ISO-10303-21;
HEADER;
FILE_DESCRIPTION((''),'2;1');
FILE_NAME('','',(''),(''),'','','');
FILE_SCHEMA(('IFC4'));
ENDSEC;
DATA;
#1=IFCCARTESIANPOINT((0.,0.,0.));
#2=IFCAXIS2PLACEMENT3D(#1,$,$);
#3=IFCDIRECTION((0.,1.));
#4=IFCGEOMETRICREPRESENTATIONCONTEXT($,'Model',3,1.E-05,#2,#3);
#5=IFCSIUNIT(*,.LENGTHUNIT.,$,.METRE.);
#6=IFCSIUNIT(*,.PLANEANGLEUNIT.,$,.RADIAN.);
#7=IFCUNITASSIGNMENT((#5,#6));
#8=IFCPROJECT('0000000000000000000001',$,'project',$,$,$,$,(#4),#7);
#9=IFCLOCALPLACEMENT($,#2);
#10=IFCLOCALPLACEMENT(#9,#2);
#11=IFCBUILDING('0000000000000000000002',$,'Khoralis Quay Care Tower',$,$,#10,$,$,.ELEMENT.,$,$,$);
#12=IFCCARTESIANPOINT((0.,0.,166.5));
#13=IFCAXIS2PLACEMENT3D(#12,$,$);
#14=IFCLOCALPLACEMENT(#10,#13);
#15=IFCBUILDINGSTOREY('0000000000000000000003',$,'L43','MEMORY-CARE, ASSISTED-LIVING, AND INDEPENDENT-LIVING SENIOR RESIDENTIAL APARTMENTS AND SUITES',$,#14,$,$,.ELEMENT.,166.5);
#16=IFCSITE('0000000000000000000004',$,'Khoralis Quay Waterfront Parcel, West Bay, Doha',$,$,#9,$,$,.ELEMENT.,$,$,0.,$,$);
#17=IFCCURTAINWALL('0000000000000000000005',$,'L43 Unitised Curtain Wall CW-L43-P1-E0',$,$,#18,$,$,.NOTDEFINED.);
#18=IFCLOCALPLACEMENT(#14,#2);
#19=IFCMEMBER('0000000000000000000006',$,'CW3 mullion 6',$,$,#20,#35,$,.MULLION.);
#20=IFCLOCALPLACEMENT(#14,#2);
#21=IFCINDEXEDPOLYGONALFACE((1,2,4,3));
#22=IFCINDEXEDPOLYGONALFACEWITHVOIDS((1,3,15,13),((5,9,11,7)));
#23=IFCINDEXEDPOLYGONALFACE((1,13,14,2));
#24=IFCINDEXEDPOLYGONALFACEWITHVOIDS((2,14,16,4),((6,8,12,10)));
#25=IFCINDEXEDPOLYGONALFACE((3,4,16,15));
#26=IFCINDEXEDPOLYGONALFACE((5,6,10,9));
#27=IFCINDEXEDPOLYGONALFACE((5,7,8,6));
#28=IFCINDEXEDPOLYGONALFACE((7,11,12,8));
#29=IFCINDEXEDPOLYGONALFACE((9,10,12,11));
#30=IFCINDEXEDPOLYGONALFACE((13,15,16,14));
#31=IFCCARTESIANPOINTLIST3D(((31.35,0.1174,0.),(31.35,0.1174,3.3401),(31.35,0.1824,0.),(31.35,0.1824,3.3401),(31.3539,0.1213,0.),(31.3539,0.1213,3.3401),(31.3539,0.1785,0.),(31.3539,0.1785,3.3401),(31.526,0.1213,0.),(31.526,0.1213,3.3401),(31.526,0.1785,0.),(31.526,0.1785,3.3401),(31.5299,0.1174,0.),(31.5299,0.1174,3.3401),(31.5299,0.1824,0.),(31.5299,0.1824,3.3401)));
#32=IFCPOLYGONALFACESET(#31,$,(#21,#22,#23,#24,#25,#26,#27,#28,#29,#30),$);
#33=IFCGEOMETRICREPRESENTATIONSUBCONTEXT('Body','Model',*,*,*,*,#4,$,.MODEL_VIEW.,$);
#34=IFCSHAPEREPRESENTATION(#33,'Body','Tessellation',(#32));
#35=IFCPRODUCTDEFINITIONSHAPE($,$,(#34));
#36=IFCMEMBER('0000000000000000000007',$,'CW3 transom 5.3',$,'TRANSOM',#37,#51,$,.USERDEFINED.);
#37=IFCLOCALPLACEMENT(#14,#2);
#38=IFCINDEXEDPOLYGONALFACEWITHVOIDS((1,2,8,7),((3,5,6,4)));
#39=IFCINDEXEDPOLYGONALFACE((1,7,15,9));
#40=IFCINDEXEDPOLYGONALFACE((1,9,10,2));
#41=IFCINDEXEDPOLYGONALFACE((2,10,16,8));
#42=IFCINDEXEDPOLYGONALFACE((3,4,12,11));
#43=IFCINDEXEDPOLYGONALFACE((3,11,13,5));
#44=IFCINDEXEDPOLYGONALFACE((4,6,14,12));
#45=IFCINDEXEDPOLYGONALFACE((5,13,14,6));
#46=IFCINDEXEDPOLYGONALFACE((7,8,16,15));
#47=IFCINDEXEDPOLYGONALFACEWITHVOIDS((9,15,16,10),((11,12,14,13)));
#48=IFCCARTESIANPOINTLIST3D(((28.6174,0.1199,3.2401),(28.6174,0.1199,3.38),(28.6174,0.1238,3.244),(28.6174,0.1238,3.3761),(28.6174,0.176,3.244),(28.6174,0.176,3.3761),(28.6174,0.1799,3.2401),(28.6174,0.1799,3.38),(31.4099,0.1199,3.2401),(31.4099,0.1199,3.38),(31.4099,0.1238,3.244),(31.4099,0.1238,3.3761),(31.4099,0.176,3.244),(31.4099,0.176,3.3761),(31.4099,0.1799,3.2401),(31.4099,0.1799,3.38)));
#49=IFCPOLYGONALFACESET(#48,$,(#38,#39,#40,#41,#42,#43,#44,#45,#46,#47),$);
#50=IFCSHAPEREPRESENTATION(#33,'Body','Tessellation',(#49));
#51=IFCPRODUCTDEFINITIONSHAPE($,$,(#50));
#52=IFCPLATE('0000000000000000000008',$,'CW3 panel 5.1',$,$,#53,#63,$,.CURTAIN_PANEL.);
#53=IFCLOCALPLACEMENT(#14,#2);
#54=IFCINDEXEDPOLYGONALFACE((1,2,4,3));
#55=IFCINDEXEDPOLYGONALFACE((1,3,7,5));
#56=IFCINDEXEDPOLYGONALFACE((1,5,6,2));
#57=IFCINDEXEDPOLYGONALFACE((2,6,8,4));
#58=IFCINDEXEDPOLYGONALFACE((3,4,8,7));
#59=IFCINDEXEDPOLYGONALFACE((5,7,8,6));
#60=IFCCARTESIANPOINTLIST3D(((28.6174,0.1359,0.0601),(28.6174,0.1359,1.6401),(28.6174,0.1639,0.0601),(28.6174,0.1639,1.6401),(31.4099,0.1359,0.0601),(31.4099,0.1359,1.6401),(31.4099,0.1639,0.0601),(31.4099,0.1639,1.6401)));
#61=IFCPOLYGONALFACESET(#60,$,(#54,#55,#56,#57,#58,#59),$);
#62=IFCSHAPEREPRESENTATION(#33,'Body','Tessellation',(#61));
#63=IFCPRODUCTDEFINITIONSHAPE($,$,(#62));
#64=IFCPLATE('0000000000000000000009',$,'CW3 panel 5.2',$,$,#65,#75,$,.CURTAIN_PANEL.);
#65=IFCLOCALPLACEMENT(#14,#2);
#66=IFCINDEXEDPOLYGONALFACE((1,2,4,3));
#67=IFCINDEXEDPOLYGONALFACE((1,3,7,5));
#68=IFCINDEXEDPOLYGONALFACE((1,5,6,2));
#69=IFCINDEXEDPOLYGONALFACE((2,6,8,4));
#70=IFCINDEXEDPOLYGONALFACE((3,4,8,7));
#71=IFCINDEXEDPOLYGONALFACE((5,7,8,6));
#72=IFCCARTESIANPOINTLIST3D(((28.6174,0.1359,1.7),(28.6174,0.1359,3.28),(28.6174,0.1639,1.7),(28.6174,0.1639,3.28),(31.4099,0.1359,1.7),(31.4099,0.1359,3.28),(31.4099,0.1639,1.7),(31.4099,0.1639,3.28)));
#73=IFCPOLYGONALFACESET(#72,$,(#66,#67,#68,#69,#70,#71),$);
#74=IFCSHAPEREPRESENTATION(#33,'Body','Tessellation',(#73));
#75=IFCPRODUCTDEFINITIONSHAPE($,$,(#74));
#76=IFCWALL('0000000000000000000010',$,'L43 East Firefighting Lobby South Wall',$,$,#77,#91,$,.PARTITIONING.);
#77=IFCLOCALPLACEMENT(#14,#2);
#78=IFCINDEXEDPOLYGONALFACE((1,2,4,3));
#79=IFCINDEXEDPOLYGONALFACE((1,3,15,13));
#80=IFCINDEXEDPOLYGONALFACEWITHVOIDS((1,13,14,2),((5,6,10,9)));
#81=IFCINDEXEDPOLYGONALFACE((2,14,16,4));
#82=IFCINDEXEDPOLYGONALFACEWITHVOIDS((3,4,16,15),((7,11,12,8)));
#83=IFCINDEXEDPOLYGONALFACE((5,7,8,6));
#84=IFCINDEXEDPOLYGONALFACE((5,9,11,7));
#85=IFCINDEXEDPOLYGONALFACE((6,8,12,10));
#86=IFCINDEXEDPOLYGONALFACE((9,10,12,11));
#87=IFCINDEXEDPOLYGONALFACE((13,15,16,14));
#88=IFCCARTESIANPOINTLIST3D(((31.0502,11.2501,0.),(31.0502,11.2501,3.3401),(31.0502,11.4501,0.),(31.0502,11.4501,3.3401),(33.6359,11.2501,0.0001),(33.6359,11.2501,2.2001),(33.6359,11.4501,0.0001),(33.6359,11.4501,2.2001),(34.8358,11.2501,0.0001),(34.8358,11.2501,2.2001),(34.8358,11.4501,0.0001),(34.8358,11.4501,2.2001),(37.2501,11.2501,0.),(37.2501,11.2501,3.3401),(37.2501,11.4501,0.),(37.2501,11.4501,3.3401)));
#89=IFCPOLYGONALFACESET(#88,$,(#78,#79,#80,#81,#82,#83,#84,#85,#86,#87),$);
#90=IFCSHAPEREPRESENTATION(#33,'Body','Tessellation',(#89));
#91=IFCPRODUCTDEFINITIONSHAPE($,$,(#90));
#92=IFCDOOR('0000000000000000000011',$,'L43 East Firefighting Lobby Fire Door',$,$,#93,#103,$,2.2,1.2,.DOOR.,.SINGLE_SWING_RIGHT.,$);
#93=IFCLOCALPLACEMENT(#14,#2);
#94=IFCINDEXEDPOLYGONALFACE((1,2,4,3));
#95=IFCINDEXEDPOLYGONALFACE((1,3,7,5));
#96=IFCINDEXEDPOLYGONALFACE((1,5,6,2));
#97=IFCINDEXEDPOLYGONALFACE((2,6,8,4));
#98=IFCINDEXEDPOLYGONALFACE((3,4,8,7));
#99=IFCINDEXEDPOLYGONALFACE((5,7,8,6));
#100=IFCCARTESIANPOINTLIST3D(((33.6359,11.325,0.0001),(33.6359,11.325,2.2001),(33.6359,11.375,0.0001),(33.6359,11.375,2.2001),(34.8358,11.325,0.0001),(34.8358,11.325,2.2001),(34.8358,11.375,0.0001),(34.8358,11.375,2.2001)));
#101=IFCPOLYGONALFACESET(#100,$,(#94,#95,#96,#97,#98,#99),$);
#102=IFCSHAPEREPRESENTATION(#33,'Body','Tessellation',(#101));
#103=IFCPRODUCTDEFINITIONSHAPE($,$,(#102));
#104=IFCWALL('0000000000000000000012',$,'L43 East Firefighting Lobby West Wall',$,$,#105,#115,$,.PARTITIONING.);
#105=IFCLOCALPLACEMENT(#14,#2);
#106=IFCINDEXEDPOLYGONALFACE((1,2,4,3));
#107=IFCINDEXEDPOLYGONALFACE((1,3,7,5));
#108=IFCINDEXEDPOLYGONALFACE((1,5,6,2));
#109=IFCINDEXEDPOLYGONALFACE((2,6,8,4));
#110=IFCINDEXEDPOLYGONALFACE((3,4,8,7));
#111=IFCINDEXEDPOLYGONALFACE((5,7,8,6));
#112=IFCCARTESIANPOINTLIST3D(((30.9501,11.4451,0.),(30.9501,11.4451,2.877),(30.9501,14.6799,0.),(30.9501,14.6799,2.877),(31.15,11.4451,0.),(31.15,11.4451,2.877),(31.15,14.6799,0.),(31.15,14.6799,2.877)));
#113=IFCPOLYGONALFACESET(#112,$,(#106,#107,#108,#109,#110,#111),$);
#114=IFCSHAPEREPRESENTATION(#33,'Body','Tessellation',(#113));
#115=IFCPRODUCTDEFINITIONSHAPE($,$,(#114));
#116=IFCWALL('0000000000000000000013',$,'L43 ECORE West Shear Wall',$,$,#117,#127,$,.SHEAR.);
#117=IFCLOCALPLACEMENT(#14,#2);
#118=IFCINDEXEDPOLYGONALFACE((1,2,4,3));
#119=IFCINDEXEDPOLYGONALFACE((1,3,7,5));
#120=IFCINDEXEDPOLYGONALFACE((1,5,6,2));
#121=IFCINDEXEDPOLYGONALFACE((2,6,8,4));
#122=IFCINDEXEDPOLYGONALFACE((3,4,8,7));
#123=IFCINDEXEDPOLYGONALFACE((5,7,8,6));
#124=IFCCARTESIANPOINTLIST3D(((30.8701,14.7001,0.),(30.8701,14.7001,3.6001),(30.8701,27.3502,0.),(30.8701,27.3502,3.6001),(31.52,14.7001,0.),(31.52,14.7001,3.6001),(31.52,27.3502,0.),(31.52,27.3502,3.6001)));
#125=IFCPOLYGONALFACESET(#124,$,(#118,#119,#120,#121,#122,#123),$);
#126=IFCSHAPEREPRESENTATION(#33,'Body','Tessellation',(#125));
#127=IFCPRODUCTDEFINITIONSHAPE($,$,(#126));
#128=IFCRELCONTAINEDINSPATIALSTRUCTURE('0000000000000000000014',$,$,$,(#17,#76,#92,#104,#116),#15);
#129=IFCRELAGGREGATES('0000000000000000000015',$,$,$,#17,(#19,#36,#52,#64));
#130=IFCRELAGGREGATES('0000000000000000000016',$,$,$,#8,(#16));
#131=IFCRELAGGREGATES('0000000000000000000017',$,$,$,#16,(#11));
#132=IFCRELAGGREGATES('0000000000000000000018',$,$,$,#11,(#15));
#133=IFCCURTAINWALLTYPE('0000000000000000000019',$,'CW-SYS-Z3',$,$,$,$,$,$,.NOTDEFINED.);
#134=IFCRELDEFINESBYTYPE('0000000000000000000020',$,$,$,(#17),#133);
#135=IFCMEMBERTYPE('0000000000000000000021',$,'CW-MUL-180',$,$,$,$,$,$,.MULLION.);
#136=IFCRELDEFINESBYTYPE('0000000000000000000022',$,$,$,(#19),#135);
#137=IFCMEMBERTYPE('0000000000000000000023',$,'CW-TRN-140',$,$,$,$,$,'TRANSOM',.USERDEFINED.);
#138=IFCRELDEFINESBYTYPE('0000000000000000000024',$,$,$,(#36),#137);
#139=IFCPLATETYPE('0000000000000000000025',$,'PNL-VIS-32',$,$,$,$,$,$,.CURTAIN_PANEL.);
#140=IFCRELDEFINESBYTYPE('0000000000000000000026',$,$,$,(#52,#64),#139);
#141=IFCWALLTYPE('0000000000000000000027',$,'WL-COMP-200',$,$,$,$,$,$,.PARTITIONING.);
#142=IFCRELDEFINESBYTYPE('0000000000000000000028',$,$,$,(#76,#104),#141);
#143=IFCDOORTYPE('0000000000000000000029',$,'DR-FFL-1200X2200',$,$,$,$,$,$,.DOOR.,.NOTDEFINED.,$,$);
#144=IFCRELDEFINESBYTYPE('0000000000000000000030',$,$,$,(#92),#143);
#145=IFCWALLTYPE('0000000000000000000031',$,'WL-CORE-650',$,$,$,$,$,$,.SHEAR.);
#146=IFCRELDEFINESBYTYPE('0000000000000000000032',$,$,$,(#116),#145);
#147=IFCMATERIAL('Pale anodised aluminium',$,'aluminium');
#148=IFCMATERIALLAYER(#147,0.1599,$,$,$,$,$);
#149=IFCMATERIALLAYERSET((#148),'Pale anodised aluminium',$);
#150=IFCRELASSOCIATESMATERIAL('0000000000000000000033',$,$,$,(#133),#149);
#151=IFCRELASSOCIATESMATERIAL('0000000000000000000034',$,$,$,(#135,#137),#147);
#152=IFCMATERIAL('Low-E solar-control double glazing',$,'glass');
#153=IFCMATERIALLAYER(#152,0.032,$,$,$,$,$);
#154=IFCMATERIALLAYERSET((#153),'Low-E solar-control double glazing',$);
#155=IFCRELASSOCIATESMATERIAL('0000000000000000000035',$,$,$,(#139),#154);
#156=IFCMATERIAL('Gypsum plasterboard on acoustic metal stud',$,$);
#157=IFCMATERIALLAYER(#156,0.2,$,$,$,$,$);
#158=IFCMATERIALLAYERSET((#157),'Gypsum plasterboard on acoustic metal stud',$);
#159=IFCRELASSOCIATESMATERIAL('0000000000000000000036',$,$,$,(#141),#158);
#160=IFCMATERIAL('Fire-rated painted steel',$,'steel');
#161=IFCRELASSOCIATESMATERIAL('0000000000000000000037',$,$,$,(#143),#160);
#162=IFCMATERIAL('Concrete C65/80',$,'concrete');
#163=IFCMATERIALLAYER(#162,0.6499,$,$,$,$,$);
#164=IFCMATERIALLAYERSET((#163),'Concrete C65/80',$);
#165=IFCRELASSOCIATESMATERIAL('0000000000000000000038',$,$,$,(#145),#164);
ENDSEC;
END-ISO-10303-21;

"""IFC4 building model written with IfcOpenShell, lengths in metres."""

from ifc_helpers import new_model, si_unit, direction, frame, frame_2d, origin, origin_2d, place, context, subcontext, project, spatial, rectangle, hollow_rectangle, extrude, source, transform, mapped, material, layer, layer_set, material_profile, profile_set, type_object, element, fill, aggregate, save


model = new_model("IFC4")

# Units and contexts
model_context = context("Model", 3, precision=1e-05, world=origin(), true_north=direction((0.0, 1.0)))
body_context = subcontext(model_context, "Body", "Model", "MODEL_VIEW")
ifc_project = project(units=[si_unit("LENGTHUNIT", "METRE"), si_unit("PLANEANGLEUNIT", "RADIAN")], contexts=[model_context])

# Site, building, storey
site_placement = place(None, origin())
site = spatial("IfcSite", under=ifc_project, at=site_placement, Name="Khoralis Quay Waterfront Parcel, West Bay, Doha", CompositionType="ELEMENT", RefElevation=0.0)
building_placement = place(site_placement, origin())
building = spatial("IfcBuilding", under=site, at=building_placement, Name="Khoralis Quay Care Tower", CompositionType="ELEMENT")
storey_placement = place(building_placement, frame((0.0, 0.0, 166.5)))
storey = spatial("IfcBuildingStorey", under=building, at=storey_placement, Name="L43", Description="MEMORY-CARE, ASSISTED-LIVING, AND INDEPENDENT-LIVING SENIOR RESIDENTIAL APARTMENTS AND SUITES", CompositionType="ELEMENT", Elevation=166.5)

# Shared definitions
ifc_material_1 = material(Name="Concrete C65/80", Category="concrete")

# Curtain wall, members, plates
ifc_material_2 = material(Name="Pale anodised aluminium", Category="aluminium")
ifc_layer_1 = layer(ifc_material_2, 0.1599)
ifc_layer_set_1 = layer_set([ifc_layer_1], Name="Pale anodised aluminium")
curtain_wall_type = type_object("IfcCurtainWallType", Name="CW-SYS-Z3", PredefinedType="NOTDEFINED", material=ifc_layer_set_1)
curtain_wall_placement = place(storey_placement, origin())
curtain_wall = element("IfcCurtainWall", 1, at=curtain_wall_placement, inside=storey, type_object=curtain_wall_type, Name="L43 Unitised Curtain Wall CW-L43-P1-E0", PredefinedType="NOTDEFINED")
ifc_material_profile_1 = material_profile(ifc_material_2, hollow_rectangle(XDim=0.0649, YDim=0.1799, WallThickness=0.0039, at=origin_2d()), Name="Pale anodised aluminium")
ifc_profile_set_1 = profile_set([ifc_material_profile_1], Name="Pale anodised aluminium")
member_type_1 = type_object("IfcMemberType", Name="CW-MUL-180", PredefinedType="MULLION", material=ifc_profile_set_1)
shared_shape_1 = source(origin(), body_context, "Body", "SweptSolid", [
    extrude(hollow_rectangle(XDim=0.0649, YDim=0.1799, WallThickness=0.0039, at=origin_2d()), origin(), (0.0, 0.0, 1.0), 3.3401),
])
member_1_placement = place(storey_placement, frame((31.4399, 0.1499, 0.0), z_axis=(0.0, 0.0, 1.0), x_axis=(0.0, 1.0, 0.0)))
member_1 = element("IfcMember", 2, at=member_1_placement, type_object=member_type_1, Name="CW3 mullion 6", PredefinedType="MULLION", context=body_context, shape_type="MappedRepresentation", body=[
    mapped(shared_shape_1, transform((0.0, 0.0, 0.0), scale=1.0)),
])
ifc_material_profile_2 = material_profile(ifc_material_2, hollow_rectangle(XDim=0.0601, YDim=0.1399, WallThickness=0.0039, at=origin_2d()), Name="Pale anodised aluminium")
ifc_profile_set_2 = profile_set([ifc_material_profile_2], Name="Pale anodised aluminium")
member_type_2 = type_object("IfcMemberType", Name="CW-TRN-140", ElementType="TRANSOM", PredefinedType="USERDEFINED", material=ifc_profile_set_2)
shared_shape_2 = source(origin(), body_context, "Body", "SweptSolid", [
    extrude(hollow_rectangle(XDim=0.0601, YDim=0.1399, WallThickness=0.0039, at=origin_2d()), origin(), (0.0, 0.0, 1.0), 2.7925),
])
member_2_placement = place(storey_placement, frame((28.6174, 0.1499, 3.3101), z_axis=(1.0, 0.0, 0.0), x_axis=(0.0, 1.0, 0.0)))
member_2 = element("IfcMember", 3, at=member_2_placement, type_object=member_type_2, Name="CW3 transom 5.3", ObjectType="TRANSOM", PredefinedType="USERDEFINED", context=body_context, shape_type="MappedRepresentation", body=[
    mapped(shared_shape_2, transform((0.0, 0.0, 0.0), scale=1.0)),
])
ifc_material_3 = material(Name="Low-E solar-control double glazing", Category="glass")
ifc_layer_2 = layer(ifc_material_3, 0.032)
ifc_layer_set_2 = layer_set([ifc_layer_2], Name="Low-E solar-control double glazing")
plate_type = type_object("IfcPlateType", Name="PNL-VIS-32", PredefinedType="CURTAIN_PANEL", material=ifc_layer_set_2)
shared_shape_3 = source(origin(), body_context, "Body", "SweptSolid", [
    extrude(rectangle(XDim=2.7925, YDim=0.0281, at=origin_2d()), origin(), (0.0, 0.0, 1.0), 1.5801),
])
plate_1_placement = place(storey_placement, frame((30.0137, 0.1499, 0.0601), z_axis=(0.0, 0.0, 1.0), x_axis=(1.0, 0.0, 0.0)))
plate_1 = element("IfcPlate", 4, at=plate_1_placement, type_object=plate_type, Name="CW3 panel 5.1", PredefinedType="CURTAIN_PANEL", context=body_context, shape_type="MappedRepresentation", body=[
    mapped(shared_shape_3, transform((0.0, 0.0, 0.0), scale=1.0)),
])
plate_2_placement = place(storey_placement, frame((30.0137, 0.1499, 1.7), z_axis=(0.0, 0.0, 1.0), x_axis=(1.0, 0.0, 0.0)))
plate_2 = element("IfcPlate", 5, at=plate_2_placement, type_object=plate_type, Name="CW3 panel 5.2", PredefinedType="CURTAIN_PANEL", context=body_context, shape_type="MappedRepresentation", body=[
    mapped(shared_shape_3, transform((0.0, 0.0, 0.0), scale=1.0)),
])
aggregate(curtain_wall, [member_1, member_2, plate_1, plate_2])

# Wall, opening, door
ifc_material_4 = material(Name="Gypsum plasterboard on acoustic metal stud")
ifc_layer_3 = layer(ifc_material_4, 0.2)
ifc_layer_set_3 = layer_set([ifc_layer_3], Name="Gypsum plasterboard on acoustic metal stud")
wall_type_1 = type_object("IfcWallType", Name="WL-COMP-200", PredefinedType="PARTITIONING", material=ifc_layer_set_3)
wall_1_placement = place(storey_placement, frame((31.05, 11.3501, 0.0), z_axis=(0.0, 0.0, 1.0), x_axis=(1.0, 0.0, 0.0)))
wall_1 = element("IfcWall", 6, at=wall_1_placement, inside=storey, type_object=wall_type_1, Name="L43 East Firefighting Lobby South Wall", PredefinedType="PARTITIONING", context=body_context, shape_type="SweptSolid", body=[
    extrude(rectangle(XDim=6.2, YDim=0.2, at=frame_2d((3.1001, 0.0))), origin(), (0.0, 0.0, 1.0), 3.3401),
])
opening_1_placement = place(wall_1_placement, frame((2.5857, 0.0, 0.0)))
opening_1 = element("IfcOpeningElement", 7, at=opening_1_placement, cuts=wall_1, PredefinedType="OPENING", context=body_context, shape_type="SweptSolid", body=[
    extrude(rectangle(XDim=1.2, YDim=2.2, at=frame_2d((0.6001, 1.1001))), frame((0.0, 0.1099, 0.0), z_axis=(0.0, -1.0, 0.0), x_axis=(1.0, 0.0, 0.0)), (0.0, 0.0, 1.0), 0.22),
])
ifc_material_5 = material(Name="Fire-rated painted steel", Category="steel")
door_type_1 = type_object("IfcDoorType", Name="DR-FFL-1200X2200", OperationType="NOTDEFINED", PredefinedType="DOOR", material=ifc_material_5)
shared_shape_4 = source(origin(), body_context, "Body", "SweptSolid", [
    extrude(rectangle(XDim=1.2, YDim=2.2, at=frame_2d((0.6001, 1.1001))), frame((0.0, 0.0249, 0.0), z_axis=(0.0, -1.0, 0.0), x_axis=(1.0, 0.0, 0.0)), (0.0, 0.0, 1.0), 0.05),
])
door_1_placement = place(opening_1_placement, origin())
door_1 = element("IfcDoor", 8, at=door_1_placement, inside=storey, type_object=door_type_1, Name="L43 East Firefighting Lobby Fire Door", OperationType="SINGLE_SWING_RIGHT", OverallHeight=2.2, OverallWidth=1.2, PredefinedType="DOOR", context=body_context, shape_type="MappedRepresentation", body=[
    mapped(shared_shape_4, transform((0.0, 0.0, 0.0), scale=1.0)),
])
fill(opening_1, door_1)

# Walls
wall_2_placement = place(storey_placement, frame((31.05, 11.4451, 0.0), z_axis=(0.0, 0.0, 1.0), x_axis=(0.0, 1.0, 0.0)))
element("IfcWall", 9, at=wall_2_placement, inside=storey, type_object=wall_type_1, Name="L43 East Firefighting Lobby West Wall", PredefinedType="PARTITIONING", context=body_context, shape_type="SweptSolid", body=[
    extrude(rectangle(XDim=3.2349, YDim=0.2, at=frame_2d((1.6174, 0.0))), origin(), (0.0, 0.0, 1.0), 2.877),
])
ifc_layer_4 = layer(ifc_material_1, 0.6499)
ifc_layer_set_4 = layer_set([ifc_layer_4], Name="Concrete C65/80")
wall_type_2 = type_object("IfcWallType", Name="WL-CORE-650", PredefinedType="SHEAR", material=ifc_layer_set_4)
wall_3_placement = place(storey_placement, frame((31.1951, 14.7, 0.0), z_axis=(0.0, 0.0, 1.0), x_axis=(0.0, 1.0, 0.0)))
element("IfcWall", 10, at=wall_3_placement, inside=storey, type_object=wall_type_2, Name="L43 ECORE West Shear Wall", PredefinedType="SHEAR", context=body_context, shape_type="SweptSolid", body=[
    extrude(rectangle(XDim=12.6501, YDim=0.6499, at=frame_2d((6.3252, 0.0))), origin(), (0.0, 0.0, 1.0), 3.6001),
])

save(model, "model.ifc")
